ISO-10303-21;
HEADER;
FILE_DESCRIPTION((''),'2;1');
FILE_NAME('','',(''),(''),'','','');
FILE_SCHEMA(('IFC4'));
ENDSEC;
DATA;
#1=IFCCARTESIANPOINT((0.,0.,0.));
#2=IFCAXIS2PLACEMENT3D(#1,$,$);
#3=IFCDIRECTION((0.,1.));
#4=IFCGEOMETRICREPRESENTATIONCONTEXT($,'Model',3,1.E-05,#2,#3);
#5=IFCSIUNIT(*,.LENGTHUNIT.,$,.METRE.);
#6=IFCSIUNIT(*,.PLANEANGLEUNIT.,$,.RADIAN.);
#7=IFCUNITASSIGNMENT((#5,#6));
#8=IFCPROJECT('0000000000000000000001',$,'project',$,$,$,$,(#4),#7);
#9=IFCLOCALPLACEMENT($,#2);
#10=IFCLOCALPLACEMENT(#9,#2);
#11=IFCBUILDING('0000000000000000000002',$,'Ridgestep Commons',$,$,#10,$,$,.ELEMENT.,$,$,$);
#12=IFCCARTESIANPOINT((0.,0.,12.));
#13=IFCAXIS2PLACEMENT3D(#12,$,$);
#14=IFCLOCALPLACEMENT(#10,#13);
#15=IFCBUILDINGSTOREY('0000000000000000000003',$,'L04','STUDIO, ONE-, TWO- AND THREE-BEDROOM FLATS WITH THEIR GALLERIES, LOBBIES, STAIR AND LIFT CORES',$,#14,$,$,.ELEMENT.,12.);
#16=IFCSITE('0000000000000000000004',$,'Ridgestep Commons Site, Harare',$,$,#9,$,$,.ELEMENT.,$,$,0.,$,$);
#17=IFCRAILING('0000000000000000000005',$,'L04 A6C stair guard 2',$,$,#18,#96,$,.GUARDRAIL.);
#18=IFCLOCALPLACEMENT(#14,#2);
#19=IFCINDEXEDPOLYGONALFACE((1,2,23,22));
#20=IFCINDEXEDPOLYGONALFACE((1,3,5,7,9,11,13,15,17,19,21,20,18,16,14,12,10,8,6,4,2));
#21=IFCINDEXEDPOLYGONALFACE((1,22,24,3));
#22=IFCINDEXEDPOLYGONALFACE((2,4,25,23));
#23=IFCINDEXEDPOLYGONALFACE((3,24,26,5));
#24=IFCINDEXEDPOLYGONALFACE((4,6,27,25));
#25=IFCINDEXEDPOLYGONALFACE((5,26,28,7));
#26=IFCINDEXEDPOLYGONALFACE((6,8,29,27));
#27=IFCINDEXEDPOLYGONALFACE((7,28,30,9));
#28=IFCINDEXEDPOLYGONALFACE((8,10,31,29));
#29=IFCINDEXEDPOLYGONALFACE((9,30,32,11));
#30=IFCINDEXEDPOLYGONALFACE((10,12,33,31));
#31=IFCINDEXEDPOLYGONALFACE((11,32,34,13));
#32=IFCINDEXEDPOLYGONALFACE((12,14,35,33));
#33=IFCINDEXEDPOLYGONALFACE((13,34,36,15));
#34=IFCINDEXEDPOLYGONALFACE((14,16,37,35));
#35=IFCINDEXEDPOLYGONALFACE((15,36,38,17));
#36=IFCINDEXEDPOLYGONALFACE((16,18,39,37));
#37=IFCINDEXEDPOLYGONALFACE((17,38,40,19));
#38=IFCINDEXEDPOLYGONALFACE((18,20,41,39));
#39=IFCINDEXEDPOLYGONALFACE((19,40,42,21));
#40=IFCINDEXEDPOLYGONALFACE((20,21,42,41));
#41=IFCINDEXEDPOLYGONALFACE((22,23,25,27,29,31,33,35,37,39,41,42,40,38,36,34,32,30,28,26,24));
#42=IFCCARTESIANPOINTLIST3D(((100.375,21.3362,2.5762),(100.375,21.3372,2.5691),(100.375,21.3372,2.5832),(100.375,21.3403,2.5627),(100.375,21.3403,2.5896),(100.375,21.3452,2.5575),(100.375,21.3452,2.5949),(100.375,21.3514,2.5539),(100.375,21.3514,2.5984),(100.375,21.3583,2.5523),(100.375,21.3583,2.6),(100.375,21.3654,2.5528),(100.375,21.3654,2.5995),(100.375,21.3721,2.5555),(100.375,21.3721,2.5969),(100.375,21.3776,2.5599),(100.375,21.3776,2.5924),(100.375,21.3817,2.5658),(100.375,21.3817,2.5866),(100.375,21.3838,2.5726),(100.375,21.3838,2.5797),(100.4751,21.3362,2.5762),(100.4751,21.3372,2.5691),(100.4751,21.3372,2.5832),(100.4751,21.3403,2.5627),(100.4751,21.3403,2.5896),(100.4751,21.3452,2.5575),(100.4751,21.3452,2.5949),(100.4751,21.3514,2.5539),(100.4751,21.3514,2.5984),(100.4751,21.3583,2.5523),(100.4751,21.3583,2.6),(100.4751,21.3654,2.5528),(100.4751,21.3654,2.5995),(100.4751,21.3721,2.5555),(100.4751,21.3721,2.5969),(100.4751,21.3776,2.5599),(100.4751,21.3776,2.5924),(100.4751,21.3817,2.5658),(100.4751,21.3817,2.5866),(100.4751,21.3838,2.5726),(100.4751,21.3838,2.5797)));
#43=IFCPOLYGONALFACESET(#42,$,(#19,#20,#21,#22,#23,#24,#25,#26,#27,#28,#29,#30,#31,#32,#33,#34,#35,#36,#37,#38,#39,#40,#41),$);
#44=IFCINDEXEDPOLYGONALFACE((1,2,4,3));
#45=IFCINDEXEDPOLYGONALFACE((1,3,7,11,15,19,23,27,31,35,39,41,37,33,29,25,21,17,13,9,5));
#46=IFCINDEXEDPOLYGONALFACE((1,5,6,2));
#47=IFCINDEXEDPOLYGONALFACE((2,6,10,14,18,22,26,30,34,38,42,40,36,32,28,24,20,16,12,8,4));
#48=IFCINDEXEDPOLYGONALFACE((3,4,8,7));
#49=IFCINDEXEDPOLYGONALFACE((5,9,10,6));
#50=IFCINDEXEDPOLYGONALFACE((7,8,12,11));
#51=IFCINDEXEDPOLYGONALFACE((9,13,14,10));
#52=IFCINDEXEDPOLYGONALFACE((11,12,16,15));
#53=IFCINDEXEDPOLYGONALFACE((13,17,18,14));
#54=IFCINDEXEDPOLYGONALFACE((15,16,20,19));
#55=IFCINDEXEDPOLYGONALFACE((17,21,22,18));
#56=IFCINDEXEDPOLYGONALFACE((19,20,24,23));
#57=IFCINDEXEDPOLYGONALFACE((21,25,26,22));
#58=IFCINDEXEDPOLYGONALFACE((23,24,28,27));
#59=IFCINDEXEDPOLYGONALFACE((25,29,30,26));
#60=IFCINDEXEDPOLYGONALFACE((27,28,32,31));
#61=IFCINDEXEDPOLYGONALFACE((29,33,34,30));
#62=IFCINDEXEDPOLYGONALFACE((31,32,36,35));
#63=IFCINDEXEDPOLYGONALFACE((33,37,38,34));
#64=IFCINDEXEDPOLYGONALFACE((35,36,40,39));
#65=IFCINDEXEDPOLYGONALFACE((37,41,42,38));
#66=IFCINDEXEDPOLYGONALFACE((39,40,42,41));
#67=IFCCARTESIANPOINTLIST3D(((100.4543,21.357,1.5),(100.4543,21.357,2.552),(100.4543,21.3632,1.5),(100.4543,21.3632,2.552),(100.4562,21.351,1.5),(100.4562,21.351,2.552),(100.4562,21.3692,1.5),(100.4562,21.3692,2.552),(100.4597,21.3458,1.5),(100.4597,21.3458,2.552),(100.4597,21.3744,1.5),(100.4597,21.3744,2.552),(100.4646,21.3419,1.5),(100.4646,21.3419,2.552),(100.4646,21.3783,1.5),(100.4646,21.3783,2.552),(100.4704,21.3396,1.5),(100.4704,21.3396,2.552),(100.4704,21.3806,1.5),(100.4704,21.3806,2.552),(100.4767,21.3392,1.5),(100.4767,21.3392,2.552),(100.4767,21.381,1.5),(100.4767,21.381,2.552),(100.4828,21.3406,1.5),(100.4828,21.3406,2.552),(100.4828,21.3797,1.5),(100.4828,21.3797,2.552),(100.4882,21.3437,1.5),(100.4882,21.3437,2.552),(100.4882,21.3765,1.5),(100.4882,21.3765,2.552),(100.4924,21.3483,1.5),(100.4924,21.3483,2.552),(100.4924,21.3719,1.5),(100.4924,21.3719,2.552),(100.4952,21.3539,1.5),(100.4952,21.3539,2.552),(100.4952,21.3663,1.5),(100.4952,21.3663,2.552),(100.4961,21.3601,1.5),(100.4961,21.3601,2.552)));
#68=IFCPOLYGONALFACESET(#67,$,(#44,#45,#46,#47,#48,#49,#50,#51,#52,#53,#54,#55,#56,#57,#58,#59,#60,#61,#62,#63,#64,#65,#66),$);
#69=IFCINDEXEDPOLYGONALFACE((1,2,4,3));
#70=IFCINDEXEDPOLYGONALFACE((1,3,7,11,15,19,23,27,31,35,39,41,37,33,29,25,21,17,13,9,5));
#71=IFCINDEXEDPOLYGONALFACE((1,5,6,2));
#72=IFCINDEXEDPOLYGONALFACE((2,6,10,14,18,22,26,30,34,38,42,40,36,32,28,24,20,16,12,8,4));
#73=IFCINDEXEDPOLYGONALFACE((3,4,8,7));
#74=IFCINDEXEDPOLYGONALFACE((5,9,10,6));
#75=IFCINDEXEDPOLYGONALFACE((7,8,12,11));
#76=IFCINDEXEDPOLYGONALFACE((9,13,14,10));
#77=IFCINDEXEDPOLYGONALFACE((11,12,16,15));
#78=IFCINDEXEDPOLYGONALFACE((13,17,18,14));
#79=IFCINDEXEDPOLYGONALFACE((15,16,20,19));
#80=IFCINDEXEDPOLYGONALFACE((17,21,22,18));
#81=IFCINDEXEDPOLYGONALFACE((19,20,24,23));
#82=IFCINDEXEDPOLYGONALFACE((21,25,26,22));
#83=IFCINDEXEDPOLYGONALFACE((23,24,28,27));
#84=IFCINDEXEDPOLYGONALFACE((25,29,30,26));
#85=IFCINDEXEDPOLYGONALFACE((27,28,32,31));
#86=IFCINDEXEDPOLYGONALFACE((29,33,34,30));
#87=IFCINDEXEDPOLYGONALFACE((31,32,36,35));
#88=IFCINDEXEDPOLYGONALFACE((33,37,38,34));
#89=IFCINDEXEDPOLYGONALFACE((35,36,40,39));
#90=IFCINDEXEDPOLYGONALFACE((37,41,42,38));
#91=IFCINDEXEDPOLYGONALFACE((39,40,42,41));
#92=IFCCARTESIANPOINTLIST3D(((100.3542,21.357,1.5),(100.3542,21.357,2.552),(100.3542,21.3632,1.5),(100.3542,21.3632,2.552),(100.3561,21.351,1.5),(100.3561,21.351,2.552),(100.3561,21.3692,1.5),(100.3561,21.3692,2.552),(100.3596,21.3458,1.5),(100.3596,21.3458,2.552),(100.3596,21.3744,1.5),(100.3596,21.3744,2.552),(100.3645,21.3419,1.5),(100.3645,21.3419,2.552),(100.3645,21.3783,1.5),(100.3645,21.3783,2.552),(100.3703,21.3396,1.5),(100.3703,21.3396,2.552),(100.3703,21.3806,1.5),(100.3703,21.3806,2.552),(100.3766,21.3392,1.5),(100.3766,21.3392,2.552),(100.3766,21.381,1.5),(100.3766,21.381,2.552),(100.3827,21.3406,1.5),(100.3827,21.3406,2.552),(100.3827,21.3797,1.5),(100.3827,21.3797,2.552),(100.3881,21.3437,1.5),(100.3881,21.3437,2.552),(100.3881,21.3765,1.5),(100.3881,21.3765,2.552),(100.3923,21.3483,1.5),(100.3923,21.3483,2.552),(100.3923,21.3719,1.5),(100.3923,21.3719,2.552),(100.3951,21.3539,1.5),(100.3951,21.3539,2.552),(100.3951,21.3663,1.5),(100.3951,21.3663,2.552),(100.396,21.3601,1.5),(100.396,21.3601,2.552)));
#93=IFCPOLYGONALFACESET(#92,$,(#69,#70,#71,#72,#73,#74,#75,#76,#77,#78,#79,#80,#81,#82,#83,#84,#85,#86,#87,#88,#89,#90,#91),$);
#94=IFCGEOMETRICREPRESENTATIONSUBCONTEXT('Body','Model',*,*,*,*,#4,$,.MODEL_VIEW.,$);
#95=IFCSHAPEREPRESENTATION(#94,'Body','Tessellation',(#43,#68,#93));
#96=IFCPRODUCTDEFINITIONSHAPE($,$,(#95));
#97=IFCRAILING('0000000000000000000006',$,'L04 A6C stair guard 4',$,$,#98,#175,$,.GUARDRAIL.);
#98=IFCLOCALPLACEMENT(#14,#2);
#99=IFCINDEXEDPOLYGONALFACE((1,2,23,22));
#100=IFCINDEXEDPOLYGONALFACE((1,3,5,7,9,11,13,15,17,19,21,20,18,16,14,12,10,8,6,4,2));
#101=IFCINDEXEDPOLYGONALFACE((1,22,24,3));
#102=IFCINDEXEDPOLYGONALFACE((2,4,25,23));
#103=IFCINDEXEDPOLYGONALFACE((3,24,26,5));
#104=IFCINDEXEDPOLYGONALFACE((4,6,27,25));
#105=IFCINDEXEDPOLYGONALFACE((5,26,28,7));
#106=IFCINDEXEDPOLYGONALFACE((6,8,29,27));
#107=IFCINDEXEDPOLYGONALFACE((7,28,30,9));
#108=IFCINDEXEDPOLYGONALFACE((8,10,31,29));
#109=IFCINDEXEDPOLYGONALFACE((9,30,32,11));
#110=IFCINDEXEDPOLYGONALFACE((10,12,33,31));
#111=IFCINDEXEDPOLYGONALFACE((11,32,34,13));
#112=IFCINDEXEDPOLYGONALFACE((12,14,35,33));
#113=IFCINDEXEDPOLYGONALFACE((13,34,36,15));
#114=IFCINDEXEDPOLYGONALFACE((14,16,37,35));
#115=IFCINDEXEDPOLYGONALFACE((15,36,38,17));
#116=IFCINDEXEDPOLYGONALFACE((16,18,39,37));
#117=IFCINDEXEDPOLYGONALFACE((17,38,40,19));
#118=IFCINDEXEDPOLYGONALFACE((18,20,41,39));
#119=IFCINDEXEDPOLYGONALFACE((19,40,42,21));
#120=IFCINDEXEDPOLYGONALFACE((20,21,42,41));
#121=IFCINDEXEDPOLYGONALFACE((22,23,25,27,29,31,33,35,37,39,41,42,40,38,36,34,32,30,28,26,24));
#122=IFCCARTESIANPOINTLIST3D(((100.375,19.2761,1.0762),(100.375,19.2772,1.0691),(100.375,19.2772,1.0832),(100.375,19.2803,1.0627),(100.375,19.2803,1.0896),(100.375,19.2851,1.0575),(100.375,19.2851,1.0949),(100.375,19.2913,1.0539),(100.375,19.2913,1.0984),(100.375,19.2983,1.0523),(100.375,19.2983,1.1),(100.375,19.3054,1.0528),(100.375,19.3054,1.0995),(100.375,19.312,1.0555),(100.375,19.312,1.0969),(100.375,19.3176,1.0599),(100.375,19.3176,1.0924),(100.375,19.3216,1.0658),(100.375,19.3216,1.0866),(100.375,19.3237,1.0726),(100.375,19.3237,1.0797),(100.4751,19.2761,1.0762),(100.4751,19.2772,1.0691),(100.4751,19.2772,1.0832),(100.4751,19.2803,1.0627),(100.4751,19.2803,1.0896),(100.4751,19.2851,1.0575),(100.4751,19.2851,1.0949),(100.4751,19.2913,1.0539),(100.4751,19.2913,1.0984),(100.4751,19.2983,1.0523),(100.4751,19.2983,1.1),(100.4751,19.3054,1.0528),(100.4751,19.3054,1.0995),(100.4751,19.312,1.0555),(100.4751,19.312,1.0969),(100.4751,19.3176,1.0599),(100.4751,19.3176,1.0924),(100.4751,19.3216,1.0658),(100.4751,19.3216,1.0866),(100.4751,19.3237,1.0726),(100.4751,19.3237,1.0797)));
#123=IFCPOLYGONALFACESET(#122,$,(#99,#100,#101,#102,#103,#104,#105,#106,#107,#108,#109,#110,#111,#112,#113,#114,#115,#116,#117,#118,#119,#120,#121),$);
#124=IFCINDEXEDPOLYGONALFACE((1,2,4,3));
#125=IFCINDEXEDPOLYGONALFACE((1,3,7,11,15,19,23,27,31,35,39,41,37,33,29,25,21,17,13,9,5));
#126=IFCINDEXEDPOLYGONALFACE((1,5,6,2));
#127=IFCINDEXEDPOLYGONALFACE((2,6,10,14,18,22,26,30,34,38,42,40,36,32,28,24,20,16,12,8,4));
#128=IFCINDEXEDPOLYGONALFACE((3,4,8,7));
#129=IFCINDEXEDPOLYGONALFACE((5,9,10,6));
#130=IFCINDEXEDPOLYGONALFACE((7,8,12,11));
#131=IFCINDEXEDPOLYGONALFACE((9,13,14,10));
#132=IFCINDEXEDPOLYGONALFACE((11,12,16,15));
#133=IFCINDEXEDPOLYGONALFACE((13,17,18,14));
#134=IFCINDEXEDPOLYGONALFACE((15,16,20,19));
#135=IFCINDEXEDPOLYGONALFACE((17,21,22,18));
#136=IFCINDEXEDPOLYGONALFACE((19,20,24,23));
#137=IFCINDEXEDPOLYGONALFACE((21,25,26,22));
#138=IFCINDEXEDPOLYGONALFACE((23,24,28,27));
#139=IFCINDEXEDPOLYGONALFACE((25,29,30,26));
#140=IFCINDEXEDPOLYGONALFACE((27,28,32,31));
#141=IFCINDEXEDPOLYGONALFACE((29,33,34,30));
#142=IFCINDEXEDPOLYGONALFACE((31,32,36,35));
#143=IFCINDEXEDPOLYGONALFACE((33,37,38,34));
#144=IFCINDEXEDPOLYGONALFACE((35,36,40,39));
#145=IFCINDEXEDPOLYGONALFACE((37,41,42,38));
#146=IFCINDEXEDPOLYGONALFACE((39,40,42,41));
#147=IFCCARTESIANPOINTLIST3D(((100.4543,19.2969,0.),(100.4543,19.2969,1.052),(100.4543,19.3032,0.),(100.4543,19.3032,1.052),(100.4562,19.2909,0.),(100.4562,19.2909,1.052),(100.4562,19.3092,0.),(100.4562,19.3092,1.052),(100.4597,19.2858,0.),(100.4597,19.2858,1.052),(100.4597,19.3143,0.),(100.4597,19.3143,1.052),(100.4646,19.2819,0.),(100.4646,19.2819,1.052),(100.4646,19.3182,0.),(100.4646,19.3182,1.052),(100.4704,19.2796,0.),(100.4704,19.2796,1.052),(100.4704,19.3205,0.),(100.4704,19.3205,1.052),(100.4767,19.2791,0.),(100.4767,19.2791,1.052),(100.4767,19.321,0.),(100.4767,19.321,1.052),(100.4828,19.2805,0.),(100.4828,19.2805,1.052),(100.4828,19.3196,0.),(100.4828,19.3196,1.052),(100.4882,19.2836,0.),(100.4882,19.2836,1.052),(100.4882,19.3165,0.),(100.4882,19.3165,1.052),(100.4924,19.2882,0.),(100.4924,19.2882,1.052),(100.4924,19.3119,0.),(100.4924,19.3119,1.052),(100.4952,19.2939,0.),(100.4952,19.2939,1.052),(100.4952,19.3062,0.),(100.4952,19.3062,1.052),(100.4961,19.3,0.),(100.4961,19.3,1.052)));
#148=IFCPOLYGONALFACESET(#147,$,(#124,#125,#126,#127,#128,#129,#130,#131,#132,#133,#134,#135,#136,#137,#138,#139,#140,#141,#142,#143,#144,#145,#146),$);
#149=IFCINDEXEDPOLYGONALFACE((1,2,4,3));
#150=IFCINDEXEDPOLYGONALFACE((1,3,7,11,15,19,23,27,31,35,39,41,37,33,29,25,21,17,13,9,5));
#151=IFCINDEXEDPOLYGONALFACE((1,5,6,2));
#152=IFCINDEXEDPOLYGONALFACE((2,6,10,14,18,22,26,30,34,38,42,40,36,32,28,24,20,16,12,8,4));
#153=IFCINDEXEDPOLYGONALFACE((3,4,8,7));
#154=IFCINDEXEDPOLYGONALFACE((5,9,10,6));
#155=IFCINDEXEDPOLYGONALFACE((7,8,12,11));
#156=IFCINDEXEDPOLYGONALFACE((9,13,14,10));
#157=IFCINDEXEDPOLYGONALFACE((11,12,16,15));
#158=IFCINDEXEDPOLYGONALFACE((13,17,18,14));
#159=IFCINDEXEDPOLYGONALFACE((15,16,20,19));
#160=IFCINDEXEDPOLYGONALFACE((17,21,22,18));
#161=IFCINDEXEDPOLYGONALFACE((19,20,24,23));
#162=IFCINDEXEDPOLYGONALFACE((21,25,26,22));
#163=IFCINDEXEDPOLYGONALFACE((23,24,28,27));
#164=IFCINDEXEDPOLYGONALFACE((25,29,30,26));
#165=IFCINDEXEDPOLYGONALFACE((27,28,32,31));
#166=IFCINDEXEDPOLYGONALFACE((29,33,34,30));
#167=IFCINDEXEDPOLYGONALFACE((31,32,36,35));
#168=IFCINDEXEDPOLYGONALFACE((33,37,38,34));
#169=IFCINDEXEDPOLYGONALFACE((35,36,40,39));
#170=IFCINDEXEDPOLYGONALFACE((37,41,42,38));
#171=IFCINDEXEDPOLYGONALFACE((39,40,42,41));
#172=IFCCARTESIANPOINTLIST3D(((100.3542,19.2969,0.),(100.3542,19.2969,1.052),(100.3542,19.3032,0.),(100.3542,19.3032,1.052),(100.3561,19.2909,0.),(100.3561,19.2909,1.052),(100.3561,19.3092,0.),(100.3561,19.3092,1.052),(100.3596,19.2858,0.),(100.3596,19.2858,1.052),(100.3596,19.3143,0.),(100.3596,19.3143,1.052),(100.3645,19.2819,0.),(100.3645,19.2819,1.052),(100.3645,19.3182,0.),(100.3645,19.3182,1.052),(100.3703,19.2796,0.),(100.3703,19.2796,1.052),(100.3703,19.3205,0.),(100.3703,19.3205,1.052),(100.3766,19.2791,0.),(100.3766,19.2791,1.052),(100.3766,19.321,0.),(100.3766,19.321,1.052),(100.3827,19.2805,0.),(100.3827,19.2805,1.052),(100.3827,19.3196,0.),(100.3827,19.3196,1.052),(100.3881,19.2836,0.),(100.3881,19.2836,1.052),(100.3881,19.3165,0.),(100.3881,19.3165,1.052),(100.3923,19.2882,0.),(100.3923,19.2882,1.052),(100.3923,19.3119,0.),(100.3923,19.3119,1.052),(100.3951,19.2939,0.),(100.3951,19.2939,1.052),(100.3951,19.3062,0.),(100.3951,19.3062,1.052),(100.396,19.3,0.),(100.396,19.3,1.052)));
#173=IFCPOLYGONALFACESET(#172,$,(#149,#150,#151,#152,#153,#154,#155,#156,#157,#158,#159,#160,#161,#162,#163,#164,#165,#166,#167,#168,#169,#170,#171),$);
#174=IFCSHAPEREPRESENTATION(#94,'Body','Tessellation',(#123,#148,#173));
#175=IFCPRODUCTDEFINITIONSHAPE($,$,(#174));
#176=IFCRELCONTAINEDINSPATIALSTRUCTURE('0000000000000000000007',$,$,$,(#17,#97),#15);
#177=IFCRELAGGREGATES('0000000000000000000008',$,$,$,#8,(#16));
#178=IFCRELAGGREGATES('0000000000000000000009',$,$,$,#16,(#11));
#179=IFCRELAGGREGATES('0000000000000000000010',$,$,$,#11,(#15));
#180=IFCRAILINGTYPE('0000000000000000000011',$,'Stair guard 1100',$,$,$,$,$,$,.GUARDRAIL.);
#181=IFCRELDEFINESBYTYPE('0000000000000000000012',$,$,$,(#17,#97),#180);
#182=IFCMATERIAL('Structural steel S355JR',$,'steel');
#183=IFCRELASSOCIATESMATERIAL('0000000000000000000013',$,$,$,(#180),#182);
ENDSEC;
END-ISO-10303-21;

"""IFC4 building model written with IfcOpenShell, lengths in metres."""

from ifc_helpers import new_model, si_unit, direction, frame, origin, origin_2d, place, context, subcontext, project, spatial, circle, extrude, material, type_object, element, save


model = new_model("IFC4")

# Units and contexts
model_context = context("Model", 3, precision=1e-05, world=origin(), true_north=direction((0.0, 1.0)))
body_context = subcontext(model_context, "Body", "Model", "MODEL_VIEW")
ifc_project = project(units=[si_unit("LENGTHUNIT", "METRE"), si_unit("PLANEANGLEUNIT", "RADIAN")], contexts=[model_context])

# Site, building, storey
site_placement = place(None, origin())
site = spatial("IfcSite", under=ifc_project, at=site_placement, Name="Ridgestep Commons Site, Harare", CompositionType="ELEMENT", RefElevation=0.0)
building_placement = place(site_placement, origin())
building = spatial("IfcBuilding", under=site, at=building_placement, Name="Ridgestep Commons", CompositionType="ELEMENT")
storey_placement = place(building_placement, frame((0.0, 0.0, 12.0)))
storey = spatial("IfcBuildingStorey", under=building, at=storey_placement, Name="L04", Description="STUDIO, ONE-, TWO- AND THREE-BEDROOM FLATS WITH THEIR GALLERIES, LOBBIES, STAIR AND LIFT CORES", CompositionType="ELEMENT", Elevation=12.0)

# Railings
ifc_material_1 = material(Name="Structural steel S355JR", Category="steel")
railing_type_1 = type_object("IfcRailingType", Name="Stair guard 1100", PredefinedType="GUARDRAIL", material=ifc_material_1)
for number, where, name in (
    (1, (100.4751, 21.3601, 1.5), "L04 A6C stair guard 2"),
    (2, (100.4751, 19.3, 0.0), "L04 A6C stair guard 4"),
):
    element("IfcRailing", number, at=place(storey_placement, frame(where)), inside=storey, type_object=railing_type_1, Name=name, PredefinedType="GUARDRAIL", context=body_context, shape_type="SweptSolid", body=[
        extrude(circle(Radius=0.0239, at=origin_2d()), frame((0.0, 0.0, 1.0762), z_axis=(-1.0, 0.0, 0.0), x_axis=(0.0, -1.0, 0.0)), (0.0, 0.0, 1.0), 0.1001),
        extrude(circle(Radius=0.021, at=origin_2d()), origin(), (0.0, 0.0, 1.0), 1.052),
        extrude(circle(Radius=0.021, at=origin_2d()), frame((-0.1001, 0.0, 0.0)), (0.0, 0.0, 1.0), 1.052),
    ])

save(model, "model.ifc")
